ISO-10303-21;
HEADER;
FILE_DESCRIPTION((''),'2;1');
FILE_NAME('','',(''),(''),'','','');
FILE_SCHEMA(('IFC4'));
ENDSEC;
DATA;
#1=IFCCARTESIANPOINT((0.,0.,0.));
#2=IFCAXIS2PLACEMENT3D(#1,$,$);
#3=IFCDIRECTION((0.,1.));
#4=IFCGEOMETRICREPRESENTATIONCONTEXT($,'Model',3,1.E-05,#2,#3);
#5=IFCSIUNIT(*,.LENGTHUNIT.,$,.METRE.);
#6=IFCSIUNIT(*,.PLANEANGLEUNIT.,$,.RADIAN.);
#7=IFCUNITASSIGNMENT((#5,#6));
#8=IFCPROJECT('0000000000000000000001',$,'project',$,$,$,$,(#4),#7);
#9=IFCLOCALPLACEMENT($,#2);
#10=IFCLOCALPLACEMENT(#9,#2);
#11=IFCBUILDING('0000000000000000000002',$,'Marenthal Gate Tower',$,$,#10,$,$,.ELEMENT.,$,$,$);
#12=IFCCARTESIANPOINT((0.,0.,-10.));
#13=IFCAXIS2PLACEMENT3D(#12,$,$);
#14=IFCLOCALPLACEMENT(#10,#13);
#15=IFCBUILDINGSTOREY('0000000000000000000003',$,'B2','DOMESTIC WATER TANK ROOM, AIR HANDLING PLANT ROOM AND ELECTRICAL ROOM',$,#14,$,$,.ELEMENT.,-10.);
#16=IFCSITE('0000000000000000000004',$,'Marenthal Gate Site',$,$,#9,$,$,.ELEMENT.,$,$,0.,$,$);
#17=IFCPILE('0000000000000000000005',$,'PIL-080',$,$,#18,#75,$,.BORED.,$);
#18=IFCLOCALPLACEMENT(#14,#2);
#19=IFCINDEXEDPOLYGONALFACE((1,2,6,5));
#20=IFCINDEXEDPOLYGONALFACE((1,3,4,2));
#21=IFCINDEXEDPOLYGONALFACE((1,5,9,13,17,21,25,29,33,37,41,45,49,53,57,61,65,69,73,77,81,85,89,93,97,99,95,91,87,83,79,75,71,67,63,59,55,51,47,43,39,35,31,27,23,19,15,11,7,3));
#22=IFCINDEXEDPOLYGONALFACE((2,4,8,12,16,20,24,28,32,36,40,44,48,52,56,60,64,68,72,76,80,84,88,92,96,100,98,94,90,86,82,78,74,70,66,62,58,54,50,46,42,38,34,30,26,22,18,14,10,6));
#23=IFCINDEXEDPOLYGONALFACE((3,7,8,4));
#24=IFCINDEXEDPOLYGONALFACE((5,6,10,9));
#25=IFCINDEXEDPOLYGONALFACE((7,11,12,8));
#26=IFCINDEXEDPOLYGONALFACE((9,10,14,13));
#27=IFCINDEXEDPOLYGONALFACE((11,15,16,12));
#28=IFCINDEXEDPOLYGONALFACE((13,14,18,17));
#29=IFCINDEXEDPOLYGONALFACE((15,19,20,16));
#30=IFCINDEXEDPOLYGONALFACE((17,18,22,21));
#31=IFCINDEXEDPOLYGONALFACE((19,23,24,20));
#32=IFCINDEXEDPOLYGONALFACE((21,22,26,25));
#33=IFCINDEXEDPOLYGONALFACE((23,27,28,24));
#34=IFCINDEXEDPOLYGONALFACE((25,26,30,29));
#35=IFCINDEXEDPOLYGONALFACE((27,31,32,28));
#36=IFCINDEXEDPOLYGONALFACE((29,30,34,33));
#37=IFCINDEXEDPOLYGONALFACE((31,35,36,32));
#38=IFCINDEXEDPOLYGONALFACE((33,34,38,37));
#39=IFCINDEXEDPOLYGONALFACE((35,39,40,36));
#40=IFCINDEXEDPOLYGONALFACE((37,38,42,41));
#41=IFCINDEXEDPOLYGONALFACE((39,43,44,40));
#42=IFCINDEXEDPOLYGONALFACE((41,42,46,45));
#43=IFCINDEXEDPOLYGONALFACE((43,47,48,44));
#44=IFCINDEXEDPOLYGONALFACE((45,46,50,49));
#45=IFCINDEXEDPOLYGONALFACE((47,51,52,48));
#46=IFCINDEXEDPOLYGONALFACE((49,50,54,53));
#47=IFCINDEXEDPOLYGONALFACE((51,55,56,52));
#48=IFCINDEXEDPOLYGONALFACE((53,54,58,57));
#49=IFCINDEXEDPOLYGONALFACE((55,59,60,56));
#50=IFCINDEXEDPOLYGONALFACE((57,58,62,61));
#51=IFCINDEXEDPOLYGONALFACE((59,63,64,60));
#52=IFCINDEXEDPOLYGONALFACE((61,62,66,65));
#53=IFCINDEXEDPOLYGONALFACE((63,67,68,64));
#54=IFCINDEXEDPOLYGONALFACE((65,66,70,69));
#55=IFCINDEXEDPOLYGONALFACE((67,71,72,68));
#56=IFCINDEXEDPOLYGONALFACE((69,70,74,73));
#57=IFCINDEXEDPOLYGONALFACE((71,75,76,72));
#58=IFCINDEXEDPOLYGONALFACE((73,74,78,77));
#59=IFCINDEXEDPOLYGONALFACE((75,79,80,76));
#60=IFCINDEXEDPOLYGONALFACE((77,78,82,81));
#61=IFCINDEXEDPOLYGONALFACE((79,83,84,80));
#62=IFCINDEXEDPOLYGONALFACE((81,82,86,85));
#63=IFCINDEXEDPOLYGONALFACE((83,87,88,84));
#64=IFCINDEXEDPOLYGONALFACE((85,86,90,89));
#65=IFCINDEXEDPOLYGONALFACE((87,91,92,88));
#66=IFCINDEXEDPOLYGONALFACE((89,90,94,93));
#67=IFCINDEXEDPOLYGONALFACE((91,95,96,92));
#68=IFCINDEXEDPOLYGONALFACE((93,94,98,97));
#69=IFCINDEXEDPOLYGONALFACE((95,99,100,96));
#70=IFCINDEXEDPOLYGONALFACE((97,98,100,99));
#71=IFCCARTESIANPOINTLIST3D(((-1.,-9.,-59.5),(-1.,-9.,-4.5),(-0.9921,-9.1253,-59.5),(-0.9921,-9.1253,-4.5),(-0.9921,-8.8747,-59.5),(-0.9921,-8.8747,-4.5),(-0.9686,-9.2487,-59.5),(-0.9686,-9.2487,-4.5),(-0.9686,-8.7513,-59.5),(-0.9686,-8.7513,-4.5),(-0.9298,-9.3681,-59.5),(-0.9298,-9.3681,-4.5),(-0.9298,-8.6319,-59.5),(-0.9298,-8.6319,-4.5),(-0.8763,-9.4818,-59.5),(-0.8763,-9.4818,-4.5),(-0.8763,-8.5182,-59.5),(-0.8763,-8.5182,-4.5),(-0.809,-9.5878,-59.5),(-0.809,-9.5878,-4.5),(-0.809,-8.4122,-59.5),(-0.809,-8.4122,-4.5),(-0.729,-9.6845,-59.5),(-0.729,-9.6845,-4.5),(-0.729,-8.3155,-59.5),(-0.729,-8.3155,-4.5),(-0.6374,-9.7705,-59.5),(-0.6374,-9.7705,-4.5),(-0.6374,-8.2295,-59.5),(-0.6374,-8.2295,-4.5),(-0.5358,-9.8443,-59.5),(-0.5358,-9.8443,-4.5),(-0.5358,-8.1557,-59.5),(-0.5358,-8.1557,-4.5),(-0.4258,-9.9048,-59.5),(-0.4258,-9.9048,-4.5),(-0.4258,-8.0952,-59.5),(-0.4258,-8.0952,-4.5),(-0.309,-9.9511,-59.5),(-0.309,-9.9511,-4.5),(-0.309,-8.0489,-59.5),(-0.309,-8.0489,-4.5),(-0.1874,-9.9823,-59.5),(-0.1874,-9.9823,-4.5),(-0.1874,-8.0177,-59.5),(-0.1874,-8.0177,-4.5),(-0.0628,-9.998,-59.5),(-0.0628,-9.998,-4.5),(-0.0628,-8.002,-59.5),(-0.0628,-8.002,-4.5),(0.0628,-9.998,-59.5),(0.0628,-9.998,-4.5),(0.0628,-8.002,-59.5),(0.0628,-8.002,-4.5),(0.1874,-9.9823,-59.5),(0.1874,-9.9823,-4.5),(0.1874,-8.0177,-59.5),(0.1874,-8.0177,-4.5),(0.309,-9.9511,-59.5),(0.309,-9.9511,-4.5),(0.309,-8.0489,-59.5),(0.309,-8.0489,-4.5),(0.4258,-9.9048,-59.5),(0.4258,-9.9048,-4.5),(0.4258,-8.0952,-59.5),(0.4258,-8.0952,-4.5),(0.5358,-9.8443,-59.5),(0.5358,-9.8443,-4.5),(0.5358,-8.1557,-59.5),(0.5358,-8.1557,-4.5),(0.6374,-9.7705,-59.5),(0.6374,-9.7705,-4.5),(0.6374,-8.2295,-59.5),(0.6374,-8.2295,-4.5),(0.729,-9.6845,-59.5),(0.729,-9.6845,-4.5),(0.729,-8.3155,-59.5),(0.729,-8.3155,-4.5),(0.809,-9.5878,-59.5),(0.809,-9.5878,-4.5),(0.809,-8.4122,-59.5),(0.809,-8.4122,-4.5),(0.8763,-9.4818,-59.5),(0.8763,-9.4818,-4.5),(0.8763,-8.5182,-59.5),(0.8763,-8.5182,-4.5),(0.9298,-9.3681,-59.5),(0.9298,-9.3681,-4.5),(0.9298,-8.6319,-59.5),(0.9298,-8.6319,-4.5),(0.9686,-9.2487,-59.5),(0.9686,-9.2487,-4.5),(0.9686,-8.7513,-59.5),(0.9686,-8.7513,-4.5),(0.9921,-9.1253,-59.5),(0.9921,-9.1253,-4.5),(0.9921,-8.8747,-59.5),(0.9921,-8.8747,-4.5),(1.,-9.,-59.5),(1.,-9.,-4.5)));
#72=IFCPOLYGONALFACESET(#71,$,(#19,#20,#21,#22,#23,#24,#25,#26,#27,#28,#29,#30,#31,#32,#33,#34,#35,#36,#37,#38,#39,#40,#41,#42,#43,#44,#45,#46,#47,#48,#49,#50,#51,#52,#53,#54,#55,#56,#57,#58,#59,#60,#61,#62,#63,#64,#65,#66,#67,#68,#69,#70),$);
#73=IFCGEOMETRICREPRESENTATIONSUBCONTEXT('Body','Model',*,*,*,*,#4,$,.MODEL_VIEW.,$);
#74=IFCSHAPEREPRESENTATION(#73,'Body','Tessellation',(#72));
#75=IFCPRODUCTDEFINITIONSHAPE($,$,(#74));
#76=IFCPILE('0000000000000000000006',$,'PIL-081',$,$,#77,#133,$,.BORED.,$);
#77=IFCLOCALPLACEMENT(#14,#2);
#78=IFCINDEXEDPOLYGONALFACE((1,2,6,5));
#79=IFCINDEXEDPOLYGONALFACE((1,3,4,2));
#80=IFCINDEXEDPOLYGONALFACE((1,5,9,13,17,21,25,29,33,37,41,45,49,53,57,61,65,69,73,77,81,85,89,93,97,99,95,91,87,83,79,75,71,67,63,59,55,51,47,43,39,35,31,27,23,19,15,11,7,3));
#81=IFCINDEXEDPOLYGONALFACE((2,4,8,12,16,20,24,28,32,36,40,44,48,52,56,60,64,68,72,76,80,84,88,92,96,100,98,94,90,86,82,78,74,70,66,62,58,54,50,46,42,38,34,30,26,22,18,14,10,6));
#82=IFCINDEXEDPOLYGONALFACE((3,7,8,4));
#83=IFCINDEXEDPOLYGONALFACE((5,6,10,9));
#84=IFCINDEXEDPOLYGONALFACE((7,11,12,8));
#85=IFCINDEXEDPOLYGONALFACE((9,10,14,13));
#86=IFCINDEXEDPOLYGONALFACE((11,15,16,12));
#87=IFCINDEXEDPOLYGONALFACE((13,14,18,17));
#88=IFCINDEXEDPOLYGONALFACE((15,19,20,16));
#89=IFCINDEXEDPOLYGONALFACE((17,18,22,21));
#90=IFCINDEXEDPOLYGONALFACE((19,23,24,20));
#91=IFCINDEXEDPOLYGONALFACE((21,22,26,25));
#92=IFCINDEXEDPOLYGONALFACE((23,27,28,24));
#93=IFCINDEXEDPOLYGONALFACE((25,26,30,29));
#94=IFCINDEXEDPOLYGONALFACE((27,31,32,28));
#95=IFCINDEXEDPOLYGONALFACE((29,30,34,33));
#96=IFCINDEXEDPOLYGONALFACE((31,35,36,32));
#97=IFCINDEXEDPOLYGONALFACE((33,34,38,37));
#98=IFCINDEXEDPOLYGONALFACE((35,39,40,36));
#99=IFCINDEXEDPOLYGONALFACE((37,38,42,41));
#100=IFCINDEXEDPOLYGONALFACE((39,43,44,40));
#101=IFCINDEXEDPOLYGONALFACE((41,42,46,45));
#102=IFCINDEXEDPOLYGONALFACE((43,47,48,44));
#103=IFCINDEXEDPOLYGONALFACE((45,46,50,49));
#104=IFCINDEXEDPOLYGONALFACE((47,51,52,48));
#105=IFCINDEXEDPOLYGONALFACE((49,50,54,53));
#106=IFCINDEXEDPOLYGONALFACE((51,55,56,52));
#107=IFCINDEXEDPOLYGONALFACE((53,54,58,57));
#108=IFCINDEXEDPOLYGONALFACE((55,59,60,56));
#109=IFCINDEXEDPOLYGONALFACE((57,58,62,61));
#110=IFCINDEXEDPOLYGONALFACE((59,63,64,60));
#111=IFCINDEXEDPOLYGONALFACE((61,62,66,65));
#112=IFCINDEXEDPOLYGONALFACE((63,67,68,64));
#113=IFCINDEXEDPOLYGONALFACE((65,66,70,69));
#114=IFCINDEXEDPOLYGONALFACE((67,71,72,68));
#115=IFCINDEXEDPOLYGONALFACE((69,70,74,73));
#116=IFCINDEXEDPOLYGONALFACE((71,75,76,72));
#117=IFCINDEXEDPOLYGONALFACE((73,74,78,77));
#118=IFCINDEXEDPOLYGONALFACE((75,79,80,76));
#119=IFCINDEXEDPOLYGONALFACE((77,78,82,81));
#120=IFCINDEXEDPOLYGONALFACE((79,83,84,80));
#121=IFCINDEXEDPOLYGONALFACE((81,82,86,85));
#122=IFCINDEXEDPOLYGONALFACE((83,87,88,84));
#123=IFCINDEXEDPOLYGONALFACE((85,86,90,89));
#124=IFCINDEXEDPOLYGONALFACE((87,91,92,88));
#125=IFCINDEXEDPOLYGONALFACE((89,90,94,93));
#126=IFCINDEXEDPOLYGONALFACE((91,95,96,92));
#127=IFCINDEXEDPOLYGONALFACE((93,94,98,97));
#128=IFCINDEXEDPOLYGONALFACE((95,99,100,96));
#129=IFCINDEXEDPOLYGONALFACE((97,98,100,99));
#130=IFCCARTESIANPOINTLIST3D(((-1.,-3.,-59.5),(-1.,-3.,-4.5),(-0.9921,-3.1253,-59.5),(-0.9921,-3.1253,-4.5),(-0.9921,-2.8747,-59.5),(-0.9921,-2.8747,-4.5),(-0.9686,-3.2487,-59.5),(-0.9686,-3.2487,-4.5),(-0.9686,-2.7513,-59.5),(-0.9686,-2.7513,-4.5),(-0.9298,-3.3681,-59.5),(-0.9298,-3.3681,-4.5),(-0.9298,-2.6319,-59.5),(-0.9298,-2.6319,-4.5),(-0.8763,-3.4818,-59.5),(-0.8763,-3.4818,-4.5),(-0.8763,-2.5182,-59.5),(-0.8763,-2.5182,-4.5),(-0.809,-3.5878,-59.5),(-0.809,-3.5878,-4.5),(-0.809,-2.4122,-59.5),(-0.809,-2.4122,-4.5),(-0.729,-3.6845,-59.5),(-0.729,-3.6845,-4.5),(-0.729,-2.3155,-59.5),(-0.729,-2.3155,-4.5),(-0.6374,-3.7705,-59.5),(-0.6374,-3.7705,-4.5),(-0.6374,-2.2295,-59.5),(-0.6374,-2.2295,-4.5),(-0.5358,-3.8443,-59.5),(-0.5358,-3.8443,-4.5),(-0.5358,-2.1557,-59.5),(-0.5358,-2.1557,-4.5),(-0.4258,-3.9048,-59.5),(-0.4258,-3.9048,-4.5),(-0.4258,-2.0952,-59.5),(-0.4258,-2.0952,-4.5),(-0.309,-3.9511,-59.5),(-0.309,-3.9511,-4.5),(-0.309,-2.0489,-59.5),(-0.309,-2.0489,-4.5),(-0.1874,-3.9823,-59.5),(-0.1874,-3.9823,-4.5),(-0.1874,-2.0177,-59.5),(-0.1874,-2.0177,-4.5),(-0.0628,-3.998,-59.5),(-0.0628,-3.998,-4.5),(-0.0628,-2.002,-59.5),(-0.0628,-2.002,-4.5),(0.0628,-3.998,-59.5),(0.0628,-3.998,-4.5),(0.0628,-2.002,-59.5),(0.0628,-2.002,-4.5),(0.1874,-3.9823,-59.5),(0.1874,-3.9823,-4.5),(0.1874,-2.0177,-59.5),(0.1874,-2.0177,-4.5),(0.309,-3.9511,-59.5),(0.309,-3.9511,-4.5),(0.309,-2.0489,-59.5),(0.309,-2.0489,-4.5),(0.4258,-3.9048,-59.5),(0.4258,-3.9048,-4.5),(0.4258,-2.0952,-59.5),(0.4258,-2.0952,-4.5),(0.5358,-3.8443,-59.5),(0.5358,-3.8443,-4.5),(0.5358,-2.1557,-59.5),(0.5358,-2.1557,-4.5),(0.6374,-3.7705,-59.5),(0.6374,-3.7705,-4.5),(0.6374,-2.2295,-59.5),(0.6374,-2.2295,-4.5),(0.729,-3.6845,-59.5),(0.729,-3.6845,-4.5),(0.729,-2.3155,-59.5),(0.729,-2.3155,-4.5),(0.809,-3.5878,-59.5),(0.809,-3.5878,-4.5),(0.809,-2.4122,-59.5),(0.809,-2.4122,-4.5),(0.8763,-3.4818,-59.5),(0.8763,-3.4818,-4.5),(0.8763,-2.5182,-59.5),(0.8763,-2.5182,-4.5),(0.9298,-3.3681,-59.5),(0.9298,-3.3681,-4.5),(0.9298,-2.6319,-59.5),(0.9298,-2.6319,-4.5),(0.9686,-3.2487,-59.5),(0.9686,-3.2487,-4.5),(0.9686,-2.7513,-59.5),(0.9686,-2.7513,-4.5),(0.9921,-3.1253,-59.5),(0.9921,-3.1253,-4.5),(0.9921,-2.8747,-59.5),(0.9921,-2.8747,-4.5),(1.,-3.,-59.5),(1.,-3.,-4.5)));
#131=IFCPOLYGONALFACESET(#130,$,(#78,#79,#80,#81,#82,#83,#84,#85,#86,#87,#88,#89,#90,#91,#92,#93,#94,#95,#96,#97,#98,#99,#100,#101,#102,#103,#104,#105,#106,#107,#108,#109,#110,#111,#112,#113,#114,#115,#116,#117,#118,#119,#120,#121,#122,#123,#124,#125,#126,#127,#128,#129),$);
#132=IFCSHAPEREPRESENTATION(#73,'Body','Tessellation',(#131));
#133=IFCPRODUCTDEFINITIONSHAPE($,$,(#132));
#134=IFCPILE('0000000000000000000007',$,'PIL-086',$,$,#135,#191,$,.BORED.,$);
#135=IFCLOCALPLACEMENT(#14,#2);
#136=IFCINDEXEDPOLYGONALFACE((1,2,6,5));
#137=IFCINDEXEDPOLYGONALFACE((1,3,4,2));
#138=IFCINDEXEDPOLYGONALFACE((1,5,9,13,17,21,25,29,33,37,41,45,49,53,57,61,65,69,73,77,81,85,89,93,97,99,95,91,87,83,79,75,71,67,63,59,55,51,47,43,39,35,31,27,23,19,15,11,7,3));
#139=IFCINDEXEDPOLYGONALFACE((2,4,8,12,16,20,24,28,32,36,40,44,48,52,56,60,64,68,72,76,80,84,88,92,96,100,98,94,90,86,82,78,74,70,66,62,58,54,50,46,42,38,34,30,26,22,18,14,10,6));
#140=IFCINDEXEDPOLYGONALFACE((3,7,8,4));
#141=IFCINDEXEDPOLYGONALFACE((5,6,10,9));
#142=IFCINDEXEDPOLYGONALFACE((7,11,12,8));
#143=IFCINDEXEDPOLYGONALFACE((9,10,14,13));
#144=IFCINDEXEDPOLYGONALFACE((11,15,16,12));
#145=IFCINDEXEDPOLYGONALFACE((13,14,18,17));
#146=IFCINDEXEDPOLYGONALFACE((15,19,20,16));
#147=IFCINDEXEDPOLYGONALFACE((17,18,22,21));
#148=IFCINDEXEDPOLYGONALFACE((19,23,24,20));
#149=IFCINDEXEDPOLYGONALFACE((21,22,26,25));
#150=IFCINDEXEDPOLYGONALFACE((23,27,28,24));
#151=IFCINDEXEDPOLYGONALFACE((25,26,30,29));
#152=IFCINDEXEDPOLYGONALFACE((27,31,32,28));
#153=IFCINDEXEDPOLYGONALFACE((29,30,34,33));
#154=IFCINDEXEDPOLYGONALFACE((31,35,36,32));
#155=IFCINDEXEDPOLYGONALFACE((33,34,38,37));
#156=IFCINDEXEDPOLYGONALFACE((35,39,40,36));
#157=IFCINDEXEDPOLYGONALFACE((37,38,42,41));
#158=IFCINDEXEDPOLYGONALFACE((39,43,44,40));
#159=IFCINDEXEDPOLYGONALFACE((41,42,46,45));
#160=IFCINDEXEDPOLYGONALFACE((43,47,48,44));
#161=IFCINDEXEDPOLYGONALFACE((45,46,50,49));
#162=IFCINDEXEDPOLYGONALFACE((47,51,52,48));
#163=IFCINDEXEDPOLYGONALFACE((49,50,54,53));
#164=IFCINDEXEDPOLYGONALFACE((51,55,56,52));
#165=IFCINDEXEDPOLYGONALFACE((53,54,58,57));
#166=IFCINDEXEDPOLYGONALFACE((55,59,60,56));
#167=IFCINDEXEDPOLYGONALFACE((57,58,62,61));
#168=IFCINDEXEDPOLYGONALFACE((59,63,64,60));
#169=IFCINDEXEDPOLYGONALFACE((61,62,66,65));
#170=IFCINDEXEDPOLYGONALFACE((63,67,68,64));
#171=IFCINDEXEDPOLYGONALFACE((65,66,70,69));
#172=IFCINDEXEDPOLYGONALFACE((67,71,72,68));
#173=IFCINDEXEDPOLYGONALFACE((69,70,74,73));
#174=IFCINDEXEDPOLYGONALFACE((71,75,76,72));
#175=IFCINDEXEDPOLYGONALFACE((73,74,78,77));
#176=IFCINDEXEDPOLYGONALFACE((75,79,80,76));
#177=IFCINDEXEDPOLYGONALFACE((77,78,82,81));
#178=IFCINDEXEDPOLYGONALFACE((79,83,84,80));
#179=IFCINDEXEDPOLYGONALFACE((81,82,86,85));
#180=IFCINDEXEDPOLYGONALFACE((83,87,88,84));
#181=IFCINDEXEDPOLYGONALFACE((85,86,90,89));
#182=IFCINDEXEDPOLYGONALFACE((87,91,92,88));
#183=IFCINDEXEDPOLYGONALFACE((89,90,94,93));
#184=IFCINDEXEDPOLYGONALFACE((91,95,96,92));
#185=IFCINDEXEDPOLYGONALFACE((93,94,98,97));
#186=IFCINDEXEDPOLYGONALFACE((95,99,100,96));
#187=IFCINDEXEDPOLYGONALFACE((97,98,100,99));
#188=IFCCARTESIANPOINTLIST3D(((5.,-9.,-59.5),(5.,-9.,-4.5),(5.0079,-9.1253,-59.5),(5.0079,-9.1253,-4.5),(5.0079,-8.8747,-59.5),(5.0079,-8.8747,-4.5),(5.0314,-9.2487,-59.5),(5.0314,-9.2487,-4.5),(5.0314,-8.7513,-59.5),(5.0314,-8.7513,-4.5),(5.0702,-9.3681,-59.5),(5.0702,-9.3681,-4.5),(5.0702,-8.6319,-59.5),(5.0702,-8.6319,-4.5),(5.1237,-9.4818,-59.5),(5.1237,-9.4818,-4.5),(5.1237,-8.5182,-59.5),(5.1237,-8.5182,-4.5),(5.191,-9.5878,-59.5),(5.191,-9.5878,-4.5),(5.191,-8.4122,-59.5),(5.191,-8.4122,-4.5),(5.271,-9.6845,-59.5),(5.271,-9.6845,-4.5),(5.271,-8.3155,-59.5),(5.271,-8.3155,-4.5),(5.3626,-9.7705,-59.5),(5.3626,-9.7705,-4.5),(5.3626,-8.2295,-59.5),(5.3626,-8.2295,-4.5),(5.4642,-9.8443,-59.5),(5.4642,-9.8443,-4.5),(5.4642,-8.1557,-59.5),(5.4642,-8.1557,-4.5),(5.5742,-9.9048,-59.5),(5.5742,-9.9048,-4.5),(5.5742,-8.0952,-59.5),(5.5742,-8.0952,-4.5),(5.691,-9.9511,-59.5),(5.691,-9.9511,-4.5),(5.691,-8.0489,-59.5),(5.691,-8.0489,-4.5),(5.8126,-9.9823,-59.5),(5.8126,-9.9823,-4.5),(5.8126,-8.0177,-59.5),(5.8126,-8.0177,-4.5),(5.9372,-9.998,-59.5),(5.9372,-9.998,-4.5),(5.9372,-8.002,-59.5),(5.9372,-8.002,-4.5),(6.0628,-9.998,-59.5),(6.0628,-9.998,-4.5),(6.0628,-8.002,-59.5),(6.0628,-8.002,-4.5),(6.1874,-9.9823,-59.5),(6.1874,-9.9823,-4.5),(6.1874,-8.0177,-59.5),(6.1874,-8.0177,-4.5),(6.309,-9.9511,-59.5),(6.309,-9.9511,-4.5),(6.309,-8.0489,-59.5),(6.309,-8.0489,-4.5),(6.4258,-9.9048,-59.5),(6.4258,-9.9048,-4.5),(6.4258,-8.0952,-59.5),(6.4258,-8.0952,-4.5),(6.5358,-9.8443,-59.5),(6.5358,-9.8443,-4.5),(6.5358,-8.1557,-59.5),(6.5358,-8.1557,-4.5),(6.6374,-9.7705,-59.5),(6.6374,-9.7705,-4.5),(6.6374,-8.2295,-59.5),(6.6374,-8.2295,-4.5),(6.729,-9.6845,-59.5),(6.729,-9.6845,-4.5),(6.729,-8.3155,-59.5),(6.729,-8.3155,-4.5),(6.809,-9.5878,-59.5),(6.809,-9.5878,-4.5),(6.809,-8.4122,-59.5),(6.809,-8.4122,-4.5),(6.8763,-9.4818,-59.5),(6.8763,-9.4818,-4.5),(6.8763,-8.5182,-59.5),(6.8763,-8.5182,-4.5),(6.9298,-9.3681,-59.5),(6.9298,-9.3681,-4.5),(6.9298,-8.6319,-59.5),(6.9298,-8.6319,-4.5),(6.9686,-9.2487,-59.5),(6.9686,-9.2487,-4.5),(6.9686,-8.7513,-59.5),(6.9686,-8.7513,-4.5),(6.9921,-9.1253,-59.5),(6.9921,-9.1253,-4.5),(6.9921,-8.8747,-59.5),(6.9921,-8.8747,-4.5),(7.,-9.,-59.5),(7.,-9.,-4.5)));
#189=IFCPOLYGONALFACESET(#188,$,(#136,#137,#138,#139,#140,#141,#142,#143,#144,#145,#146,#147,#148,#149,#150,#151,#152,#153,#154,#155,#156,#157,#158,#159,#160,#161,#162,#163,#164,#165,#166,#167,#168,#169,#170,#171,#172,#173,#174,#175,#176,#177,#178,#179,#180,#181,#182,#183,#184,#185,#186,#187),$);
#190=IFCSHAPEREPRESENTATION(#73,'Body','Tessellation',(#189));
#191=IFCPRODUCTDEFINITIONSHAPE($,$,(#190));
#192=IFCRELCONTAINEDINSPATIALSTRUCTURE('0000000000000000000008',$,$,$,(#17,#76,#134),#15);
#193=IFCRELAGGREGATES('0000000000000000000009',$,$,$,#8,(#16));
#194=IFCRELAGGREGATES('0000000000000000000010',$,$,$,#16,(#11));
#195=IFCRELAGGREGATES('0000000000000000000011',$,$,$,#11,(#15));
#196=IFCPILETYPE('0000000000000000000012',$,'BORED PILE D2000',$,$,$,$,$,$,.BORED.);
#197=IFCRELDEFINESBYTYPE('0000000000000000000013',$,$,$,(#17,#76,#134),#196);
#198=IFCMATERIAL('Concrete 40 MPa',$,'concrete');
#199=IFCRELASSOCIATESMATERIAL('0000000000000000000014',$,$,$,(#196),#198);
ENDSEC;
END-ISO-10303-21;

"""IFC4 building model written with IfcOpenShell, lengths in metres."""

from ifc_helpers import new_model, si_unit, direction, frame, origin, origin_2d, place, context, subcontext, project, spatial, circle, extrude, material, type_object, element, save


model = new_model("IFC4")

# Units and contexts
model_context = context("Model", 3, precision=1e-05, world=origin(), true_north=direction((0.0, 1.0)))
body_context = subcontext(model_context, "Body", "Model", "MODEL_VIEW")
ifc_project = project(units=[si_unit("LENGTHUNIT", "METRE"), si_unit("PLANEANGLEUNIT", "RADIAN")], contexts=[model_context])

# Site, building, storey
site_placement = place(None, origin())
site = spatial("IfcSite", under=ifc_project, at=site_placement, Name="Marenthal Gate Site", CompositionType="ELEMENT", RefElevation=0.0)
building_placement = place(site_placement, origin())
building = spatial("IfcBuilding", under=site, at=building_placement, Name="Marenthal Gate Tower", CompositionType="ELEMENT")
storey_placement = place(building_placement, frame((0.0, 0.0, -10.0)))
storey = spatial("IfcBuildingStorey", under=building, at=storey_placement, Name="B2", Description="DOMESTIC WATER TANK ROOM, AIR HANDLING PLANT ROOM AND ELECTRICAL ROOM", CompositionType="ELEMENT", Elevation=-10.0)

# Piles
ifc_material_1 = material(Name="Concrete 40 MPa", Category="concrete")
pile_type = type_object("IfcPileType", Name="BORED PILE D2000", PredefinedType="BORED", material=ifc_material_1)
for number, where, z_axis, x_axis, name in (
    (1, (0.0, -9.0, -4.5), (0.0, 0.0, -1.0), (1.0, 0.0, 0.0), "PIL-080"),
    (2, (0.0, -3.0, -4.5), (0.0, 0.0, -1.0), (1.0, 0.0, 0.0), "PIL-081"),
    (3, (6.0, -9.0, -4.5), (0.0, 0.0, -1.0), (1.0, 0.0, 0.0), "PIL-086"),
):
    element("IfcPile", number, at=place(storey_placement, frame(where, z_axis=z_axis, x_axis=x_axis)), inside=storey, type_object=pile_type, Name=name, PredefinedType="BORED", context=body_context, shape_type="SweptSolid", body=[
        extrude(circle(Radius=1.0, at=origin_2d()), origin(), (0.0, 0.0, 1.0), 55.0),
    ])

save(model, "model.ifc")
